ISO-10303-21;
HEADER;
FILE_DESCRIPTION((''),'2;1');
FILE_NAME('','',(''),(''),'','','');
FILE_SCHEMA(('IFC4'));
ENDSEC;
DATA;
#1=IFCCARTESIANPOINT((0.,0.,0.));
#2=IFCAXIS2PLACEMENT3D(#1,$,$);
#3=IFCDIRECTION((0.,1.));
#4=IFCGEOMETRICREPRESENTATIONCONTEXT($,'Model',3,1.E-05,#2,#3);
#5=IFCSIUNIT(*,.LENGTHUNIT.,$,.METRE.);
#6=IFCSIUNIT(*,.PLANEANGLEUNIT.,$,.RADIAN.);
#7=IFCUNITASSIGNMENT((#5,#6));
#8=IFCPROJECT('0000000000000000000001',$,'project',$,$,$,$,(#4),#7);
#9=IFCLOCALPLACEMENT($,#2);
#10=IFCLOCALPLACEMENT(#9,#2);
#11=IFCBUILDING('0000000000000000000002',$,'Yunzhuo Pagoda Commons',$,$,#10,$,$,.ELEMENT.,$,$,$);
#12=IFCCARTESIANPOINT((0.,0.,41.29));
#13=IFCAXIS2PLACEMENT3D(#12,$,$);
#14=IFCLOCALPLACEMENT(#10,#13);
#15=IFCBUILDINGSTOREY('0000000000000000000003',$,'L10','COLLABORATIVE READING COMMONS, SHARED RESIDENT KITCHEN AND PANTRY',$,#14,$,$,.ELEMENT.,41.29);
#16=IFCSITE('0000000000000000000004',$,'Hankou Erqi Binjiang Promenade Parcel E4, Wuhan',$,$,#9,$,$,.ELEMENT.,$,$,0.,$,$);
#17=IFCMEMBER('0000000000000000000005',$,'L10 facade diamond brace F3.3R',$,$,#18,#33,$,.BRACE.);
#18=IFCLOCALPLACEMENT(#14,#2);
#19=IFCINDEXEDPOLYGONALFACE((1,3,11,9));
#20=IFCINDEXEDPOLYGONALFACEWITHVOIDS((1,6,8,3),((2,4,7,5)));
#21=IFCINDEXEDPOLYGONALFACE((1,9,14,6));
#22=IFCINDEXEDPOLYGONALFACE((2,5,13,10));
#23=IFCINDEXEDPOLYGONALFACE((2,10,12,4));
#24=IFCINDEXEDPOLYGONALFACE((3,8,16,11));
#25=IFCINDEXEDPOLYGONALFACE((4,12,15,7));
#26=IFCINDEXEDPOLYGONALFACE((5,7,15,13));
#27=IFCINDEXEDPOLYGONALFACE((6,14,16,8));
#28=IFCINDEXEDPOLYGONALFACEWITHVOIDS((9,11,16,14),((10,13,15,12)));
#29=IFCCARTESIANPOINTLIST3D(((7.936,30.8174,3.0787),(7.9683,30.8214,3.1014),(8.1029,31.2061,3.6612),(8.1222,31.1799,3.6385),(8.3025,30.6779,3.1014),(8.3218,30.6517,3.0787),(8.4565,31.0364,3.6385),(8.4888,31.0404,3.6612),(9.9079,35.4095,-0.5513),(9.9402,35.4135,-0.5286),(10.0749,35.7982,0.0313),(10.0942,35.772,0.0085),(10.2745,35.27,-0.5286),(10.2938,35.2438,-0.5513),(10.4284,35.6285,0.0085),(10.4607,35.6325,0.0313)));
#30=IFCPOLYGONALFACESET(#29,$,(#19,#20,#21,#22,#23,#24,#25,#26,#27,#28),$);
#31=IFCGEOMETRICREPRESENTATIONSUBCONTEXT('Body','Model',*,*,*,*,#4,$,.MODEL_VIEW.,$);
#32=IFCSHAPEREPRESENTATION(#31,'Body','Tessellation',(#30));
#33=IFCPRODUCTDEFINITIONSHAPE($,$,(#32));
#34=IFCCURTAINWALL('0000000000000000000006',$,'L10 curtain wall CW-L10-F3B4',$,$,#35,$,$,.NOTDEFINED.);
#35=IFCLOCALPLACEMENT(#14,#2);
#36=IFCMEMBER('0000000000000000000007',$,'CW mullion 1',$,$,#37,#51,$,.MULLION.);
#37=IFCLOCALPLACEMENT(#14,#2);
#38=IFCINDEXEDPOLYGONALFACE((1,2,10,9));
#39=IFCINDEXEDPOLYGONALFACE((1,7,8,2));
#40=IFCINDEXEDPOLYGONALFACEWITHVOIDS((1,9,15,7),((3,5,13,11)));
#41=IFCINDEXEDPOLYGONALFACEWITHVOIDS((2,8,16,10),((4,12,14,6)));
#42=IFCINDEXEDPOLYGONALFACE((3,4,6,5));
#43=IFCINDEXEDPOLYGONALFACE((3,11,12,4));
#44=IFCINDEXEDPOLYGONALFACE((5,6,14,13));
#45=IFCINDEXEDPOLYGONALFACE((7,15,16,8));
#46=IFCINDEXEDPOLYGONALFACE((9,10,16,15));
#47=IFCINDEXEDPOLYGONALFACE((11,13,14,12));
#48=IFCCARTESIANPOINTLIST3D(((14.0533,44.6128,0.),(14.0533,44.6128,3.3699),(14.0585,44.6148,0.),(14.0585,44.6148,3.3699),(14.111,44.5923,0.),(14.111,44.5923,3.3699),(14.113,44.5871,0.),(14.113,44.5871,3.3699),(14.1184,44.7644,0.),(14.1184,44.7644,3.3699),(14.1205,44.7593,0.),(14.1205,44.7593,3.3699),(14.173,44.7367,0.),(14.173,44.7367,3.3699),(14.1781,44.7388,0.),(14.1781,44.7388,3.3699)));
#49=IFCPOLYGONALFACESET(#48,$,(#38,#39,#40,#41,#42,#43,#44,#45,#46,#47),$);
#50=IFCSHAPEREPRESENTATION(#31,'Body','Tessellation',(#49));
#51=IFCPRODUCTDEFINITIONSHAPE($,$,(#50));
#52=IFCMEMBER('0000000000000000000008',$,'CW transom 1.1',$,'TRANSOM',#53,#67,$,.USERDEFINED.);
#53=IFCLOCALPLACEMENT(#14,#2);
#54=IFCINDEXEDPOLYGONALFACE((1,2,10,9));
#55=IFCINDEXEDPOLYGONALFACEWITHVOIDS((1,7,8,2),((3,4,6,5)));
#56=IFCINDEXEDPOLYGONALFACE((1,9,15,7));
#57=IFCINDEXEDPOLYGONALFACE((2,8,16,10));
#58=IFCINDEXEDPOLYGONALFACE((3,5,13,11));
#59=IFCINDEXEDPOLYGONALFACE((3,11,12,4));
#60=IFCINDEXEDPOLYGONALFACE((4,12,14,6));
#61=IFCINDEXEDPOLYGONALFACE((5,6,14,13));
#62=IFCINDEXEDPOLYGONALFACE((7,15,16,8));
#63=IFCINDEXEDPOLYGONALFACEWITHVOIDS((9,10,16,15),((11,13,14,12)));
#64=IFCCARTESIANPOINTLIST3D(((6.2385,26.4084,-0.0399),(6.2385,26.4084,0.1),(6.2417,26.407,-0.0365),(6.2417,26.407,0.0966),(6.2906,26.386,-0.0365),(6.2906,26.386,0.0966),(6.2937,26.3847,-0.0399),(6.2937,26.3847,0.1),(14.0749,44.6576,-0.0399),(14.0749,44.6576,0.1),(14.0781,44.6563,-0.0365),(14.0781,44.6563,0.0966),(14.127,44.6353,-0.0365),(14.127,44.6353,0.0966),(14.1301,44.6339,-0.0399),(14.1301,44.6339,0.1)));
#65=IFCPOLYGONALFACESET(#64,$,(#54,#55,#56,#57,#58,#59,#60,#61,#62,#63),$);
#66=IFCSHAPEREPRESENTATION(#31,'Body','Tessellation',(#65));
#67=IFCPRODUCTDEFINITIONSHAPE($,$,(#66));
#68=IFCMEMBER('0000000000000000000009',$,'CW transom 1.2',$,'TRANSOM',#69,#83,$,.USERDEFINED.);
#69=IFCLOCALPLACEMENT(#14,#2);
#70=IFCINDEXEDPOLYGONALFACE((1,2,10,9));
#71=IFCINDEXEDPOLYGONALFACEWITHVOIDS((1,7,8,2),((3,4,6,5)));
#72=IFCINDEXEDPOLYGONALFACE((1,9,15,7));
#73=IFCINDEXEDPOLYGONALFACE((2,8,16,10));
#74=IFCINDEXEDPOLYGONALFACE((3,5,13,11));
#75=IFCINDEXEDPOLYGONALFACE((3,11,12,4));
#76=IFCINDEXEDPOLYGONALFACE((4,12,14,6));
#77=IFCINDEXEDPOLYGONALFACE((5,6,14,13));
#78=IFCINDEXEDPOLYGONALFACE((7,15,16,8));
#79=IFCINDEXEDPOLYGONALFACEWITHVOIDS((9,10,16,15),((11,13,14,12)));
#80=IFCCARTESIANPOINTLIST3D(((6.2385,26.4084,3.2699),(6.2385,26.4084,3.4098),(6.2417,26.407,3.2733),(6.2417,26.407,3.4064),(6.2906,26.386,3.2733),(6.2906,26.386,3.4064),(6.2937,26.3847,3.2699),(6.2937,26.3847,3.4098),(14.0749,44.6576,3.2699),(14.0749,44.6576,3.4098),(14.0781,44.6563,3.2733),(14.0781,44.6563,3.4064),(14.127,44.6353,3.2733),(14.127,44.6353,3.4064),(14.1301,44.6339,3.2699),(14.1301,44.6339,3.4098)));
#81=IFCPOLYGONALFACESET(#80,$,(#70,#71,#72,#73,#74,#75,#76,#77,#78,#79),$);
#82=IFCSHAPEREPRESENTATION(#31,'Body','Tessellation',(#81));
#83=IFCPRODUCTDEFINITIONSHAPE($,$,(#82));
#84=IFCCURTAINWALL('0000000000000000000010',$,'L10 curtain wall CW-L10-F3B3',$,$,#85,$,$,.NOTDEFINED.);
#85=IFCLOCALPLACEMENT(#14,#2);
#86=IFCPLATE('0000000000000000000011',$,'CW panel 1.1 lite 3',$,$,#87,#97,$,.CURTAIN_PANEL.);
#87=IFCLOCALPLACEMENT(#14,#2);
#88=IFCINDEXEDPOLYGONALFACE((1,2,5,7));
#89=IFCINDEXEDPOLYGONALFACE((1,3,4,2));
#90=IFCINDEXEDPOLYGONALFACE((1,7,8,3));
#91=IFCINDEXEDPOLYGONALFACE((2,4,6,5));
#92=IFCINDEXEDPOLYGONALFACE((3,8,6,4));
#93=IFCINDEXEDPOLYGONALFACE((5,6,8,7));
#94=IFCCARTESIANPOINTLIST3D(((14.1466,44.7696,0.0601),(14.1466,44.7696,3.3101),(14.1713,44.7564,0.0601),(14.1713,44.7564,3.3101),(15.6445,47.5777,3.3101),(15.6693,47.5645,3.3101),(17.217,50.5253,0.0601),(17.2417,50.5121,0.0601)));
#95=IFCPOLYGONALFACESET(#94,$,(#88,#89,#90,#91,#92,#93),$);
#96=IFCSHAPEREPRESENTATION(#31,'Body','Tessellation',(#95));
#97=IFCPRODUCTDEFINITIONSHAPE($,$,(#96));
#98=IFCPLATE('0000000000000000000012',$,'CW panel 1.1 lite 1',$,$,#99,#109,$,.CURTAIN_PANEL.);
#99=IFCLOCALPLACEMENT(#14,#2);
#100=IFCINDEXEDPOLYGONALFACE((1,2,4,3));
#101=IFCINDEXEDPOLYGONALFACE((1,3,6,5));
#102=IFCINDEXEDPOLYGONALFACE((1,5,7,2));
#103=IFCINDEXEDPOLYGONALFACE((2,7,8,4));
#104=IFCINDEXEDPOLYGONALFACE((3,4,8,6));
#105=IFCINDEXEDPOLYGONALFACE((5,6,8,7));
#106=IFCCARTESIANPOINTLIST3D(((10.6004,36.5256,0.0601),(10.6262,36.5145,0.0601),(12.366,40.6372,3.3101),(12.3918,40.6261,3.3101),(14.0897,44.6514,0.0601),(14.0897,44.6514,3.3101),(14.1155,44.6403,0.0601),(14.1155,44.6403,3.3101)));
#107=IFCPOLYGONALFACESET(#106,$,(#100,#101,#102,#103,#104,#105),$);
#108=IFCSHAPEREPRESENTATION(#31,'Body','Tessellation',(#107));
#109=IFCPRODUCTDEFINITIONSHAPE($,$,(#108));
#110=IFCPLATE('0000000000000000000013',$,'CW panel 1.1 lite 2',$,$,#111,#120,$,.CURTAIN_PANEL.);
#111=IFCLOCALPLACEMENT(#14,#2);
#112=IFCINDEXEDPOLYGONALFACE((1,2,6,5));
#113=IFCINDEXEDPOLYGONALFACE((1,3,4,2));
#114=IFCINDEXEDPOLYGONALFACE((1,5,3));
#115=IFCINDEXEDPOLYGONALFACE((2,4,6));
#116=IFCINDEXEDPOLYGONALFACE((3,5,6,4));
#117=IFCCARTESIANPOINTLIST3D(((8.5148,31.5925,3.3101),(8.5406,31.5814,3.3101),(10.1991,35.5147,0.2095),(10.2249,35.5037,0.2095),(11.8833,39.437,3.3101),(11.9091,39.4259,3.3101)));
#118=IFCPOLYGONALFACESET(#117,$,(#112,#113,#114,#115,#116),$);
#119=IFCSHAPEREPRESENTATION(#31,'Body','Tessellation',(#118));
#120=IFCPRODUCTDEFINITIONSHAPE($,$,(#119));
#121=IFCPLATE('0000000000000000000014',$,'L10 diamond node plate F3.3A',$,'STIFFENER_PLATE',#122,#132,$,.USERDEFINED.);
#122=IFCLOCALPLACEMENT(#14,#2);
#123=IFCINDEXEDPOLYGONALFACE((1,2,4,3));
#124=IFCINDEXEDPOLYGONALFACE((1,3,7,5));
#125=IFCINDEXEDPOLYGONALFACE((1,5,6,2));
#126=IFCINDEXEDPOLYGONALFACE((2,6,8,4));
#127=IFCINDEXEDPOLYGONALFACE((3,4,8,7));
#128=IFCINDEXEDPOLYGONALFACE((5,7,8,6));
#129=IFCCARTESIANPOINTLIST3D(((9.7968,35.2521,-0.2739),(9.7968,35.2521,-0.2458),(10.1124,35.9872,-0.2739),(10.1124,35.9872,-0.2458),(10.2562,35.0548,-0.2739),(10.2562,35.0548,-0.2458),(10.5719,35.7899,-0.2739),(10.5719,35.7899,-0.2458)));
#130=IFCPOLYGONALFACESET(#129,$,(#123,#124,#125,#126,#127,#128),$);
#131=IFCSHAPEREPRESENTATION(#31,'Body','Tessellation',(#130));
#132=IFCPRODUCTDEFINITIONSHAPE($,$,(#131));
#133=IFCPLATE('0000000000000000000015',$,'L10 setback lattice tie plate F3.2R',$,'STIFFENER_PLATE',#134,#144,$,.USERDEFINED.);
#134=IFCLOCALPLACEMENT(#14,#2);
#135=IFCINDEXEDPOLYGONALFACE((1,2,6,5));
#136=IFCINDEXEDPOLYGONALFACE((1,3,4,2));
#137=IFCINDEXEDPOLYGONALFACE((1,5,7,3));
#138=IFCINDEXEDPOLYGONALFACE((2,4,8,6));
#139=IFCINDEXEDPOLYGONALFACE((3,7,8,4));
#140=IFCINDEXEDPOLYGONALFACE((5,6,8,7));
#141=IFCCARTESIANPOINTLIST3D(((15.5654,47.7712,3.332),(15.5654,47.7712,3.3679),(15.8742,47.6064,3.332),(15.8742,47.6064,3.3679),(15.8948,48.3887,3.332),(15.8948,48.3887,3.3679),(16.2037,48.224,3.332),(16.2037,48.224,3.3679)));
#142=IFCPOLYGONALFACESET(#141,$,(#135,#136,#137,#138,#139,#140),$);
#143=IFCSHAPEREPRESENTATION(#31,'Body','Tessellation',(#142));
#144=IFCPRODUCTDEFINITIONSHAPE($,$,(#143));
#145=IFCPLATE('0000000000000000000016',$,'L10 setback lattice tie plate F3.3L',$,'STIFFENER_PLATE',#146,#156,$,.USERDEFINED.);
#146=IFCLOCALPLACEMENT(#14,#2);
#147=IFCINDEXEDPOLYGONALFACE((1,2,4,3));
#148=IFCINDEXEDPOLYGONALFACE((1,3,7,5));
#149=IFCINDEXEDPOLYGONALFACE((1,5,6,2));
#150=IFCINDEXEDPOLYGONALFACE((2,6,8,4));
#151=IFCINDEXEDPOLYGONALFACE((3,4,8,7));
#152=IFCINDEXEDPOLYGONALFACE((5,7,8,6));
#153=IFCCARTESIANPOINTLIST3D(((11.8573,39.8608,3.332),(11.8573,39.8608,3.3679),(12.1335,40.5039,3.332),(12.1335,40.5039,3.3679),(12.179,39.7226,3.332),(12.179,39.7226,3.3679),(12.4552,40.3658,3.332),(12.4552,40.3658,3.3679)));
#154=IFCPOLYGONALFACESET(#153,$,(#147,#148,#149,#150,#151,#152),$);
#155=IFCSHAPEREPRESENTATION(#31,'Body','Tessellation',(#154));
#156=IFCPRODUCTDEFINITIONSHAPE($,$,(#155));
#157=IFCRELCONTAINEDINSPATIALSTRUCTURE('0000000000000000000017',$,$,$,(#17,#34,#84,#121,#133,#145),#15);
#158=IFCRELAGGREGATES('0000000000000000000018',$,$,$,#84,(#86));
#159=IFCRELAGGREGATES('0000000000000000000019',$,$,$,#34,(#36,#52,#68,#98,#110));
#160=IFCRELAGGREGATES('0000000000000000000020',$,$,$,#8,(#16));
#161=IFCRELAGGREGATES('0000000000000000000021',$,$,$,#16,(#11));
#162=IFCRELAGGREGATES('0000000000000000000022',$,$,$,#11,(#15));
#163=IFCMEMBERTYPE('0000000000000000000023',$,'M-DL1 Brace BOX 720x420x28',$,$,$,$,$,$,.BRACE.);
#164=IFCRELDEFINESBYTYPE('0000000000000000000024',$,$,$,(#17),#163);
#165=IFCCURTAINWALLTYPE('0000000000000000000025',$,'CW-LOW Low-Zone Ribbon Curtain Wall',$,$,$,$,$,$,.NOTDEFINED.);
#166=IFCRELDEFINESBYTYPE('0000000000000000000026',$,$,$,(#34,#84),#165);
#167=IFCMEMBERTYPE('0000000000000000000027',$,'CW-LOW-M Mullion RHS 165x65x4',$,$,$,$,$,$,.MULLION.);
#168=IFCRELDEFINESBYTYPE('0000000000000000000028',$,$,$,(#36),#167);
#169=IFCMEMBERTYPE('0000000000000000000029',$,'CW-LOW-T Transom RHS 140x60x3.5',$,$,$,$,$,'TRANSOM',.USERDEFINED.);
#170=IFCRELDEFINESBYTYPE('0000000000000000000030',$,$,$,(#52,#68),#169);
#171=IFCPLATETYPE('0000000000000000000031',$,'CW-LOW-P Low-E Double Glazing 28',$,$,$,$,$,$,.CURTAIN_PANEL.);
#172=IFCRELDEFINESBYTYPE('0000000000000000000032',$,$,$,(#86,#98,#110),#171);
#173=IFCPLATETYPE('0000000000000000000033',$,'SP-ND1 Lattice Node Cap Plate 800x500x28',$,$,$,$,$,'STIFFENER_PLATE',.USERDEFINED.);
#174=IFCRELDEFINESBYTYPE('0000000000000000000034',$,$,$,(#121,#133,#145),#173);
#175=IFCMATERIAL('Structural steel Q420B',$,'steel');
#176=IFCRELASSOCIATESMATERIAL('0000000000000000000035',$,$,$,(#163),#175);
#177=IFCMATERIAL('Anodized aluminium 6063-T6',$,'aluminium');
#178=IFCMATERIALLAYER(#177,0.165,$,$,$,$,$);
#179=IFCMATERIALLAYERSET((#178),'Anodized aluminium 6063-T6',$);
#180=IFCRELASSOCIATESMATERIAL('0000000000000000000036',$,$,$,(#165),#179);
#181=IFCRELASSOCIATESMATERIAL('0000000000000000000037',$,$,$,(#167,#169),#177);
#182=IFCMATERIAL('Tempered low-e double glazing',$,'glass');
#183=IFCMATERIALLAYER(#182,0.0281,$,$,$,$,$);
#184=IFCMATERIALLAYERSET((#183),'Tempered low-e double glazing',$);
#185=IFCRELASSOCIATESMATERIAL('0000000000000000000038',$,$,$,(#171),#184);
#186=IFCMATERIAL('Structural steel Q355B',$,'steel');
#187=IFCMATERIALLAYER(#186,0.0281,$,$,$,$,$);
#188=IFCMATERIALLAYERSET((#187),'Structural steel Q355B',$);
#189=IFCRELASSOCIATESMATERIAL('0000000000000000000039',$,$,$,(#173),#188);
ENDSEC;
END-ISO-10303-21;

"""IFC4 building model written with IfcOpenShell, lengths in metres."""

from ifc_helpers import new_model, si_unit, direction, frame, origin, origin_2d, place, context, subcontext, project, spatial, polyline, rectangle, hollow_rectangle, outline, extrude, source, transform, mapped, material, layer, layer_set, material_profile, profile_set, type_object, element, aggregate, save


model = new_model("IFC4")

# Units and contexts
model_context = context("Model", 3, precision=1e-05, world=origin(), true_north=direction((0.0, 1.0)))
body_context = subcontext(model_context, "Body", "Model", "MODEL_VIEW")
ifc_project = project(units=[si_unit("LENGTHUNIT", "METRE"), si_unit("PLANEANGLEUNIT", "RADIAN")], contexts=[model_context])

# Site, building, storey
site_placement = place(None, origin())
site = spatial("IfcSite", under=ifc_project, at=site_placement, Name="Hankou Erqi Binjiang Promenade Parcel E4, Wuhan", CompositionType="ELEMENT", RefElevation=0.0)
building_placement = place(site_placement, origin())
building = spatial("IfcBuilding", under=site, at=building_placement, Name="Yunzhuo Pagoda Commons", CompositionType="ELEMENT")
storey_placement = place(building_placement, frame((0.0, 0.0, 41.29)))
storey = spatial("IfcBuildingStorey", under=building, at=storey_placement, Name="L10", Description="COLLABORATIVE READING COMMONS, SHARED RESIDENT KITCHEN AND PANTRY", CompositionType="ELEMENT", Elevation=41.29)

# Shared definitions
ifc_material_1 = material(Name="Structural steel Q420B", Category="steel")

# Shared definitions
ifc_material_2 = material(Name="Structural steel Q355B", Category="steel")

# Member
ifc_material_profile_1 = material_profile(ifc_material_1, hollow_rectangle(XDim=0.4199, YDim=0.72, WallThickness=0.0281, at=origin_2d()), Name="Structural steel Q420B")
ifc_profile_set_1 = profile_set([ifc_material_profile_1], Name="Structural steel Q420B")
member_type_1 = type_object("IfcMemberType", Name="M-DL1 Brace BOX 720x420x28", PredefinedType="BRACE", material=ifc_profile_set_1)
shared_shape_1 = source(origin(), body_context, "Body", "SweptSolid", [
    extrude(hollow_rectangle(XDim=0.4199, YDim=0.72, WallThickness=0.0281, at=origin_2d()), origin(), (0.0, 0.0, 1.0), 6.1768),
])
for number, where, z_axis, x_axis, name in (
    (1, (10.1843, 35.521, -0.26), (-0.319253, -0.743448, 0.587675), (0.918862, -0.39458, 0.0), "L10 facade diamond brace F3.3R"),
):
    element("IfcMember", number, at=place(storey_placement, frame(where, z_axis=z_axis, x_axis=x_axis)), inside=storey, type_object=member_type_1, Name=name, PredefinedType="BRACE", context=body_context, shape_type="MappedRepresentation", body=[
        mapped(shared_shape_1, transform((0.0, 0.0, 0.0), scale=1.0)),
    ])

# Curtain wall, members
ifc_material_3 = material(Name="Anodized aluminium 6063-T6", Category="aluminium")
ifc_layer_1 = layer(ifc_material_3, 0.165)
ifc_layer_set_1 = layer_set([ifc_layer_1], Name="Anodized aluminium 6063-T6")
curtain_wall_type = type_object("IfcCurtainWallType", Name="CW-LOW Low-Zone Ribbon Curtain Wall", PredefinedType="NOTDEFINED", material=ifc_layer_set_1)
curtain_wall_1_placement = place(storey_placement, origin())
curtain_wall_1 = element("IfcCurtainWall", 2, at=curtain_wall_1_placement, inside=storey, type_object=curtain_wall_type, Name="L10 curtain wall CW-L10-F3B4", PredefinedType="NOTDEFINED")
ifc_material_profile_2 = material_profile(ifc_material_3, hollow_rectangle(XDim=0.0649, YDim=0.165, WallThickness=0.0039, at=origin_2d()), Name="Anodized aluminium 6063-T6")
ifc_profile_set_2 = profile_set([ifc_material_profile_2], Name="Anodized aluminium 6063-T6")
member_type_2 = type_object("IfcMemberType", Name="CW-LOW-M Mullion RHS 165x65x4", PredefinedType="MULLION", material=ifc_profile_set_2)
shared_shape_2 = source(origin(), body_context, "Body", "SweptSolid", [
    extrude(hollow_rectangle(XDim=0.0649, YDim=0.165, WallThickness=0.0039, at=origin_2d()), origin(), (0.0, 0.0, 1.0), 3.3699),
])
member_1_placement = place(storey_placement, frame((14.1157, 44.6758, 0.0), z_axis=(0.0, 0.0, 1.0), x_axis=(0.918866, -0.394571, 0.0)))
member_1 = element("IfcMember", 3, at=member_1_placement, type_object=member_type_2, Name="CW mullion 1", PredefinedType="MULLION", context=body_context, shape_type="MappedRepresentation", body=[
    mapped(shared_shape_2, transform((0.0, 0.0, 0.0), scale=1.0)),
])
ifc_material_profile_3 = material_profile(ifc_material_3, hollow_rectangle(XDim=0.0601, YDim=0.1399, WallThickness=0.0034, at=origin_2d()), Name="Anodized aluminium 6063-T6")
ifc_profile_set_3 = profile_set([ifc_material_profile_3], Name="Anodized aluminium 6063-T6")
member_type_3 = type_object("IfcMemberType", Name="CW-LOW-T Transom RHS 140x60x3.5", ElementType="TRANSOM", PredefinedType="USERDEFINED", material=ifc_profile_set_3)
shared_shape_3 = source(origin(), body_context, "Body", "SweptSolid", [
    extrude(hollow_rectangle(XDim=0.0601, YDim=0.1399, WallThickness=0.0034, at=origin_2d()), origin(), (0.0, 0.0, 1.0), 19.8606),
])
member_2_placement = place(storey_placement, frame((14.1025, 44.6458, 0.03), z_axis=(-0.39457, -0.918866, 0.0), x_axis=(0.918866, -0.39457, 0.0)))
member_2 = element("IfcMember", 4, at=member_2_placement, type_object=member_type_3, Name="CW transom 1.1", ObjectType="TRANSOM", PredefinedType="USERDEFINED", context=body_context, shape_type="MappedRepresentation", body=[
    mapped(shared_shape_3, transform((0.0, 0.0, 0.0), scale=1.0)),
])
member_3_placement = place(storey_placement, frame((14.1025, 44.6458, 3.3398), z_axis=(-0.39457, -0.918866, 0.0), x_axis=(0.918866, -0.39457, 0.0)))
member_3 = element("IfcMember", 5, at=member_3_placement, type_object=member_type_3, Name="CW transom 1.2", ObjectType="TRANSOM", PredefinedType="USERDEFINED", context=body_context, shape_type="MappedRepresentation", body=[
    mapped(shared_shape_3, transform((0.0, 0.0, 0.0), scale=1.0)),
])

# Curtain wall, plate
curtain_wall_2_placement = place(storey_placement, origin())
curtain_wall_2 = element("IfcCurtainWall", 6, at=curtain_wall_2_placement, inside=storey, type_object=curtain_wall_type, Name="L10 curtain wall CW-L10-F3B3", PredefinedType="NOTDEFINED")
ifc_material_4 = material(Name="Tempered low-e double glazing", Category="glass")
ifc_layer_2 = layer(ifc_material_4, 0.0281)
ifc_layer_set_2 = layer_set([ifc_layer_2], Name="Tempered low-e double glazing")
plate_type_1 = type_object("IfcPlateType", Name="CW-LOW-P Low-E Double Glazing 28", PredefinedType="CURTAIN_PANEL", material=ifc_layer_set_2)
plate_1_placement = place(storey_placement, frame((15.7065, 47.6343, 1.6851), z_axis=(-0.882309, 0.47067, 0.0), x_axis=(-0.47067, -0.882309, 0.0)))
plate_1 = element("IfcPlate", 7, at=plate_1_placement, type_object=plate_type_1, Name="CW panel 1.1 lite 3", PredefinedType="CURTAIN_PANEL", context=body_context, shape_type="SweptSolid", body=[
    extrude(outline(polyline([(-3.2617, -1.625), (3.2617, -1.625), (3.2617, 1.625), (0.0791, 1.625), (-3.2617, -1.625)])), origin(), (0.0, 0.0, 1.0), 0.0281),
])
aggregate(curtain_wall_2, [plate_1])

# Plates
plate_2_placement = place(storey_placement, frame((12.3708, 40.5774, 1.6851), z_axis=(-0.918866, 0.394571, 0.0), x_axis=(-0.394571, -0.918866, 0.0)))
plate_2 = element("IfcPlate", 8, at=plate_2_placement, type_object=plate_type_1, Name="CW panel 1.1 lite 1", PredefinedType="CURTAIN_PANEL", context=body_context, shape_type="SweptSolid", body=[
    extrude(outline(polyline([(-4.4216, -1.625), (4.4216, -1.625), (-0.053, 1.625), (-4.4216, 1.625), (-4.4216, -1.625)])), origin(), (0.0, 0.0, 1.0), 0.0281),
])
plate_3_placement = place(storey_placement, frame((10.2249, 35.5037, 1.7598), z_axis=(-0.918866, 0.394571, 0.0), x_axis=(-0.394571, -0.918866, 0.0)))
plate_3 = element("IfcPlate", 9, at=plate_3_placement, type_object=plate_type_1, Name="CW panel 1.1 lite 2", PredefinedType="CURTAIN_PANEL", context=body_context, shape_type="SweptSolid", body=[
    extrude(outline(polyline([(-4.2686, 1.5503), (0.0, -1.5503), (4.2686, 1.5503), (-4.2686, 1.5503)])), origin(), (0.0, 0.0, 1.0), 0.0281),
])
aggregate(curtain_wall_1, [member_1, member_2, member_3, plate_2, plate_3])

# Plates
ifc_layer_3 = layer(ifc_material_2, 0.0281)
ifc_layer_set_3 = layer_set([ifc_layer_3], Name="Structural steel Q355B")
plate_type_2 = type_object("IfcPlateType", Name="SP-ND1 Lattice Node Cap Plate 800x500x28", ElementType="STIFFENER_PLATE", PredefinedType="USERDEFINED", material=ifc_layer_set_3)
shared_shape_4 = source(origin(), body_context, "Body", "SweptSolid", [
    extrude(rectangle(XDim=0.8, YDim=0.5, at=origin_2d()), origin(), (0.0, 0.0, 1.0), 0.0281),
])
plate_4_placement = place(storey_placement, frame((10.1843, 35.521, -0.2739), z_axis=(0.0, 0.0, 1.0), x_axis=(-0.394567, -0.918867, 0.0)))
element("IfcPlate", 10, at=plate_4_placement, inside=storey, type_object=plate_type_2, Name="L10 diamond node plate F3.3A", ObjectType="STIFFENER_PLATE", PredefinedType="USERDEFINED", context=body_context, shape_type="MappedRepresentation", body=[
    mapped(shared_shape_4, transform((0.0, 0.0, 0.0), scale=1.0)),
])
shared_shape_5 = source(origin(), body_context, "Body", "SweptSolid", [
    extrude(rectangle(XDim=0.7, YDim=0.3501, at=origin_2d()), origin(), (0.0, 0.0, 1.0), 0.0359),
])
for number, where, z_axis, x_axis, name in (
    (11, (15.8845, 47.9976, 3.332), (0.0, 0.0, 1.0), (-0.470673, -0.882308, 0.0), "L10 setback lattice tie plate F3.2R"),
    (12, (12.1562, 40.1133, 3.332), (0.0, 0.0, 1.0), (-0.394567, -0.918867, 0.0), "L10 setback lattice tie plate F3.3L"),
):
    element("IfcPlate", number, at=place(storey_placement, frame(where, z_axis=z_axis, x_axis=x_axis)), inside=storey, type_object=plate_type_2, Name=name, ObjectType="STIFFENER_PLATE", PredefinedType="USERDEFINED", context=body_context, shape_type="MappedRepresentation", body=[
        mapped(shared_shape_5, transform((0.0, 0.0, 0.0), scale=1.0)),
    ])

save(model, "model.ifc")
